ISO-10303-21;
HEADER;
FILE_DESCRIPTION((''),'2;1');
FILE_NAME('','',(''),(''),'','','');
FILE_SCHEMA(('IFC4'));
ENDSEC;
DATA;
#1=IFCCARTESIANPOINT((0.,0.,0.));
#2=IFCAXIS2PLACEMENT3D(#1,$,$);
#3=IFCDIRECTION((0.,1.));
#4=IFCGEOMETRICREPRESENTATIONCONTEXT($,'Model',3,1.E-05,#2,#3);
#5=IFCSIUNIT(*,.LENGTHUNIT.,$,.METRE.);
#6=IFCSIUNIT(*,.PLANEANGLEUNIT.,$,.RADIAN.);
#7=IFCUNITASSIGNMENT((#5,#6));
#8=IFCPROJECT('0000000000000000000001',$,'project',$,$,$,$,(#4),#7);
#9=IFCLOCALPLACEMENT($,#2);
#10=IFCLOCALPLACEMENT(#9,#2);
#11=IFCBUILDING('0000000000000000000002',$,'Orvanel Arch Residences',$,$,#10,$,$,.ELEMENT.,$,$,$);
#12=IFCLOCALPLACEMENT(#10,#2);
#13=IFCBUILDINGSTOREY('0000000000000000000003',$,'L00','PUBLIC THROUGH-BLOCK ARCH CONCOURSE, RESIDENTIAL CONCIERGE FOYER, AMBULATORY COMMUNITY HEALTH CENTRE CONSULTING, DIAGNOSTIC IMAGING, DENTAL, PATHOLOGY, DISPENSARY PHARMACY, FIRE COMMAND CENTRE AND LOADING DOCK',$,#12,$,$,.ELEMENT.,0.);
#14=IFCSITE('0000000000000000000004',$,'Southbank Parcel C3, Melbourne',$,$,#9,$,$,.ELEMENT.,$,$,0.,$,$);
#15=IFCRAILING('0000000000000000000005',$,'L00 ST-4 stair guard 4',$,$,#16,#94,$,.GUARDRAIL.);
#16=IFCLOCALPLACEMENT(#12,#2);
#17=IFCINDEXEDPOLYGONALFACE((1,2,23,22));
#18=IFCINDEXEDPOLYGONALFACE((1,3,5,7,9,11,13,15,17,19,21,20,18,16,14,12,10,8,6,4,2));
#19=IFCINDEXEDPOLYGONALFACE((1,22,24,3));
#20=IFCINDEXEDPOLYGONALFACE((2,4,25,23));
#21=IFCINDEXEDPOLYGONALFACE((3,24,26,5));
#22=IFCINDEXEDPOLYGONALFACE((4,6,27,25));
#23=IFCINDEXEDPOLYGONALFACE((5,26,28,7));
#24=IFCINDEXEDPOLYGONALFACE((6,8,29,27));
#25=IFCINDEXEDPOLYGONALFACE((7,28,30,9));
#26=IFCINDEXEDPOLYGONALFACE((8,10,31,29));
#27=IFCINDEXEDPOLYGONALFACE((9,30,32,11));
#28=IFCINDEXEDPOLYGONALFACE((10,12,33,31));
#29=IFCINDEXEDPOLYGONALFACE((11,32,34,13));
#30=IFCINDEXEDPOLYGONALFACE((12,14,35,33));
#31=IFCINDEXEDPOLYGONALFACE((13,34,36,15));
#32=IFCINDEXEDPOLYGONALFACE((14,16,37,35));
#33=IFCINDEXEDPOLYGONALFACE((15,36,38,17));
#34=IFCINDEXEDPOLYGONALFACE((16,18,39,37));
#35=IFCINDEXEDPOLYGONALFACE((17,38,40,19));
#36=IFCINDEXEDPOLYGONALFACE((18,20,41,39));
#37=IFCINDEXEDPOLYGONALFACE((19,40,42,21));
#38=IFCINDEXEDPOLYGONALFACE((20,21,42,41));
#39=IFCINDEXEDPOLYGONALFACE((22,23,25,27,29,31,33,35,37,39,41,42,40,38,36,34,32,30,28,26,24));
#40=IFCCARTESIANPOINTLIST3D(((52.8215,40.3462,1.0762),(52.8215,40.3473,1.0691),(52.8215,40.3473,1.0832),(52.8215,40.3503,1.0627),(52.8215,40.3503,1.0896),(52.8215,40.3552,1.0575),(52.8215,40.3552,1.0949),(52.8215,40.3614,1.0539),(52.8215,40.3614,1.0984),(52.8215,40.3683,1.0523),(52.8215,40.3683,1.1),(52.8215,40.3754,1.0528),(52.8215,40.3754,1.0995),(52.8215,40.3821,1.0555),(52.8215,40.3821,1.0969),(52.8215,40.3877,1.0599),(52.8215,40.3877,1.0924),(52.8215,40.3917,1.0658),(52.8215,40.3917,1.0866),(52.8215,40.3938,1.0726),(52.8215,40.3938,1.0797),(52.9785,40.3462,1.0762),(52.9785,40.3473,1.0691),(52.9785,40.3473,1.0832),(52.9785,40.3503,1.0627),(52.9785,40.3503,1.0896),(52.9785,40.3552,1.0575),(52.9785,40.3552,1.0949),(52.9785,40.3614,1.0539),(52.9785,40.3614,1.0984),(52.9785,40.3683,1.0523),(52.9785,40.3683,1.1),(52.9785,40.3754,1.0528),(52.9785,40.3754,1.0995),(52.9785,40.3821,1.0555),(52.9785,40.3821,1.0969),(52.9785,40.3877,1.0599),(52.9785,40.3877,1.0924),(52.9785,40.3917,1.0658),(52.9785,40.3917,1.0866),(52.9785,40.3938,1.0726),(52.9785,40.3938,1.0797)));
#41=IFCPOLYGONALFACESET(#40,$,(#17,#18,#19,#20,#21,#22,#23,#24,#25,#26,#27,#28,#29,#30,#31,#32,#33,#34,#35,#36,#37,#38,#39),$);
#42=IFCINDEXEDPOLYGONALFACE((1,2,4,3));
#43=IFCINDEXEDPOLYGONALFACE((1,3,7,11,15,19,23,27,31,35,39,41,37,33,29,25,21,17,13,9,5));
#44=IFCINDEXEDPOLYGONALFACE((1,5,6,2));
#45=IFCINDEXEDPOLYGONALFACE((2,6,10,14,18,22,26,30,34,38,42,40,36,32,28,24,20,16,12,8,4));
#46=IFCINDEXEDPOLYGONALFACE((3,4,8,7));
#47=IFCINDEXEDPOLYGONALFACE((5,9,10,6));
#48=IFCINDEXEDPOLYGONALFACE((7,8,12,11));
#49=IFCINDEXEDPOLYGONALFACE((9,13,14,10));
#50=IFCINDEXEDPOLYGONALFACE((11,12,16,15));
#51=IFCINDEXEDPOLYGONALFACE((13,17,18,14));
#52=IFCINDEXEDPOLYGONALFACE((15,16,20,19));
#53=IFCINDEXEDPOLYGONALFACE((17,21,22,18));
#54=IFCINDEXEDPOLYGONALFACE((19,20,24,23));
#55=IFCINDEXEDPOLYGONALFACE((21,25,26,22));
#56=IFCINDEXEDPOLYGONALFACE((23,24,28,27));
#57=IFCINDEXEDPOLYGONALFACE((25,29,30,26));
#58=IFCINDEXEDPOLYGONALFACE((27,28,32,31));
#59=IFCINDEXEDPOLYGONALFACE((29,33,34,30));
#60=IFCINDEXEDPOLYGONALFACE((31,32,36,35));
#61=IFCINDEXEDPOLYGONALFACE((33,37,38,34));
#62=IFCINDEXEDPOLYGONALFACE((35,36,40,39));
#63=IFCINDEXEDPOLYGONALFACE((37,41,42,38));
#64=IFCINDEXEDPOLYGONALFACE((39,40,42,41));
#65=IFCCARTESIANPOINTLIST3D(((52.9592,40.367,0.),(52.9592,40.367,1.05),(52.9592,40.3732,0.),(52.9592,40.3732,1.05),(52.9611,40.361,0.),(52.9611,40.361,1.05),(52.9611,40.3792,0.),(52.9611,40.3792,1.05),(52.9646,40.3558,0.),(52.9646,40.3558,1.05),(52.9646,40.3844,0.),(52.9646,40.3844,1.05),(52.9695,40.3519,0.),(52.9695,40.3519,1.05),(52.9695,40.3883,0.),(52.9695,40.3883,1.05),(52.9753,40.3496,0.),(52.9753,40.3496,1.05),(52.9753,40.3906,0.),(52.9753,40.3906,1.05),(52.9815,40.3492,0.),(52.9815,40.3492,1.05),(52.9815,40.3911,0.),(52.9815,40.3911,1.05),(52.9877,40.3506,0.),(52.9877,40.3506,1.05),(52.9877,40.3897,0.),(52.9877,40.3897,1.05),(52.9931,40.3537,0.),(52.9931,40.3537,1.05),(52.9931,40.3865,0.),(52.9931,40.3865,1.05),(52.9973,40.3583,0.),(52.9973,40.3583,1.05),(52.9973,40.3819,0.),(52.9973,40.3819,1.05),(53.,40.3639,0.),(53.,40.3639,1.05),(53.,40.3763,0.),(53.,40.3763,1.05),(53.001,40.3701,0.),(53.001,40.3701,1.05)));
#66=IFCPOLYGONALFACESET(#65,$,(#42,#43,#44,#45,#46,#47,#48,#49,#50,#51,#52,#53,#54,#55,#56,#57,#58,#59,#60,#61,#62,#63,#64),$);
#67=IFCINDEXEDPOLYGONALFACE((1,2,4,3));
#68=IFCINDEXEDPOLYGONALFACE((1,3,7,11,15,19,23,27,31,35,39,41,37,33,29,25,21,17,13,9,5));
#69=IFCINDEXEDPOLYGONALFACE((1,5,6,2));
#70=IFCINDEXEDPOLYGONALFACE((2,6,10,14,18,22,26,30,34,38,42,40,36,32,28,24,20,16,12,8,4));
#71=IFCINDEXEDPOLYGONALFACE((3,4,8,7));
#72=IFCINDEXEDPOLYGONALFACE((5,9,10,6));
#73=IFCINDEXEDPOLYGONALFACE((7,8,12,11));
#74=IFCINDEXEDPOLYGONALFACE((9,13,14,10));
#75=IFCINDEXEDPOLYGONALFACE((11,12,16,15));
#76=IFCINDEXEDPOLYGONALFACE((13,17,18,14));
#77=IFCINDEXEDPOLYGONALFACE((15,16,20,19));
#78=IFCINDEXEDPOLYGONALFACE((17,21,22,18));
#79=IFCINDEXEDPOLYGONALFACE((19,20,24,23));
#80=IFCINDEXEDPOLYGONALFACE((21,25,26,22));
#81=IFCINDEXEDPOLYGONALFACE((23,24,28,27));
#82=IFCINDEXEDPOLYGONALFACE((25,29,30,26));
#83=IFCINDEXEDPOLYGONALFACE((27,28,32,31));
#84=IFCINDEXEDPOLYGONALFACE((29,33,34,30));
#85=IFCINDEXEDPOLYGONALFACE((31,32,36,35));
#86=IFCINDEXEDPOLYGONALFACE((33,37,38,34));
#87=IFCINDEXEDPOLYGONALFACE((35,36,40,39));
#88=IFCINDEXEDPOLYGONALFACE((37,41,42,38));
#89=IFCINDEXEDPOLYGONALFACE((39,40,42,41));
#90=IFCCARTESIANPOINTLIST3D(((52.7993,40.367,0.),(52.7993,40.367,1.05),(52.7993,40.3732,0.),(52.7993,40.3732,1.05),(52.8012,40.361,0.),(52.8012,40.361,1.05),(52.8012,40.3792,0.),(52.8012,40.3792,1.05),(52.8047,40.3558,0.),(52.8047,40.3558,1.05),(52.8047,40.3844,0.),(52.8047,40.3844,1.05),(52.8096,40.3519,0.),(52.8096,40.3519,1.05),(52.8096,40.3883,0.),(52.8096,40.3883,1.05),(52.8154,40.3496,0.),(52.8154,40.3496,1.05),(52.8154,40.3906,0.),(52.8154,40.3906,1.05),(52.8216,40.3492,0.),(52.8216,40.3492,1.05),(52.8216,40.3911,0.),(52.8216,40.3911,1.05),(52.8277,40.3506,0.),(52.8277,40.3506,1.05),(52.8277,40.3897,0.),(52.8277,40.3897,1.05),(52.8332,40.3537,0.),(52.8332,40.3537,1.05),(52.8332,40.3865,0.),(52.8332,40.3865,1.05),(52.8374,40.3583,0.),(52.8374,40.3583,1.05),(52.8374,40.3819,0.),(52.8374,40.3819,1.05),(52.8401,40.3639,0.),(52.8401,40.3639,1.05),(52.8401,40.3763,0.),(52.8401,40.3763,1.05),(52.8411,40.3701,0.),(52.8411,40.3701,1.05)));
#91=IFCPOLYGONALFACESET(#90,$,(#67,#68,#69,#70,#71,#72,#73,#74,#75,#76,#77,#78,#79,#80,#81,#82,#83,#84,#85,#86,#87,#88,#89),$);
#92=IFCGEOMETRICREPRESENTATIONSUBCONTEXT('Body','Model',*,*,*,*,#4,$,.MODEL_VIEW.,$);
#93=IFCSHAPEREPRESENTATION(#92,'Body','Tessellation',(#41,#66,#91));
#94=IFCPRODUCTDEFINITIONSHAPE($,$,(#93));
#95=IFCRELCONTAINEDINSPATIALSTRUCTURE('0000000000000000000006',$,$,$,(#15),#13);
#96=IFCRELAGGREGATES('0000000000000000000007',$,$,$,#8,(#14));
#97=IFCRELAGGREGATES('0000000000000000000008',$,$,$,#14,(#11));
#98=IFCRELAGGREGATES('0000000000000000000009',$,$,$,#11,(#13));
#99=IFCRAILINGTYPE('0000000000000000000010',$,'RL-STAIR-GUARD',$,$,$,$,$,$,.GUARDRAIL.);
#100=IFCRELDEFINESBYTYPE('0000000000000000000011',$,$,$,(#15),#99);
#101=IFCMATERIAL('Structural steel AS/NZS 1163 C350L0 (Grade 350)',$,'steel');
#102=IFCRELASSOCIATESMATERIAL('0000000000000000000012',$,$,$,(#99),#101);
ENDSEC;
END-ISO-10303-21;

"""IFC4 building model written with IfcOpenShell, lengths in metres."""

from ifc_helpers import new_model, si_unit, direction, frame, origin, origin_2d, place, context, subcontext, project, spatial, circle, extrude, material, type_object, element, save


model = new_model("IFC4")

# Units and contexts
model_context = context("Model", 3, precision=1e-05, world=origin(), true_north=direction((0.0, 1.0)))
body_context = subcontext(model_context, "Body", "Model", "MODEL_VIEW")
ifc_project = project(units=[si_unit("LENGTHUNIT", "METRE"), si_unit("PLANEANGLEUNIT", "RADIAN")], contexts=[model_context])

# Site, building, storey
site_placement = place(None, origin())
site = spatial("IfcSite", under=ifc_project, at=site_placement, Name="Southbank Parcel C3, Melbourne", CompositionType="ELEMENT", RefElevation=0.0)
building_placement = place(site_placement, origin())
building = spatial("IfcBuilding", under=site, at=building_placement, Name="Orvanel Arch Residences", CompositionType="ELEMENT")
storey_placement = place(building_placement, origin())
storey = spatial("IfcBuildingStorey", under=building, at=storey_placement, Name="L00", Description="PUBLIC THROUGH-BLOCK ARCH CONCOURSE, RESIDENTIAL CONCIERGE FOYER, AMBULATORY COMMUNITY HEALTH CENTRE CONSULTING, DIAGNOSTIC IMAGING, DENTAL, PATHOLOGY, DISPENSARY PHARMACY, FIRE COMMAND CENTRE AND LOADING DOCK", CompositionType="ELEMENT", Elevation=0.0)

# Railing
ifc_material_1 = material(Name="Structural steel AS/NZS 1163 C350L0 (Grade 350)", Category="steel")
railing_type_1 = type_object("IfcRailingType", Name="RL-STAIR-GUARD", PredefinedType="GUARDRAIL", material=ifc_material_1)
railing_1_placement = place(storey_placement, frame((52.98, 40.3701, 0.0)))
element("IfcRailing", 1, at=railing_1_placement, inside=storey, type_object=railing_type_1, Name="L00 ST-4 stair guard 4", PredefinedType="GUARDRAIL", context=body_context, shape_type="SweptSolid", body=[
    extrude(circle(Radius=0.0239, at=origin_2d()), frame((-0.0015, 0.0, 1.0762), z_axis=(-1.0, 0.0, 0.0), x_axis=(0.0, -1.0, 0.0)), (0.0, 0.0, 1.0), 0.157),
    extrude(circle(Radius=0.021, at=origin_2d()), origin(), (0.0, 0.0, 1.0), 1.05),
    extrude(circle(Radius=0.021, at=origin_2d()), frame((-0.1599, 0.0, 0.0)), (0.0, 0.0, 1.0), 1.05),
])

save(model, "model.ifc")
